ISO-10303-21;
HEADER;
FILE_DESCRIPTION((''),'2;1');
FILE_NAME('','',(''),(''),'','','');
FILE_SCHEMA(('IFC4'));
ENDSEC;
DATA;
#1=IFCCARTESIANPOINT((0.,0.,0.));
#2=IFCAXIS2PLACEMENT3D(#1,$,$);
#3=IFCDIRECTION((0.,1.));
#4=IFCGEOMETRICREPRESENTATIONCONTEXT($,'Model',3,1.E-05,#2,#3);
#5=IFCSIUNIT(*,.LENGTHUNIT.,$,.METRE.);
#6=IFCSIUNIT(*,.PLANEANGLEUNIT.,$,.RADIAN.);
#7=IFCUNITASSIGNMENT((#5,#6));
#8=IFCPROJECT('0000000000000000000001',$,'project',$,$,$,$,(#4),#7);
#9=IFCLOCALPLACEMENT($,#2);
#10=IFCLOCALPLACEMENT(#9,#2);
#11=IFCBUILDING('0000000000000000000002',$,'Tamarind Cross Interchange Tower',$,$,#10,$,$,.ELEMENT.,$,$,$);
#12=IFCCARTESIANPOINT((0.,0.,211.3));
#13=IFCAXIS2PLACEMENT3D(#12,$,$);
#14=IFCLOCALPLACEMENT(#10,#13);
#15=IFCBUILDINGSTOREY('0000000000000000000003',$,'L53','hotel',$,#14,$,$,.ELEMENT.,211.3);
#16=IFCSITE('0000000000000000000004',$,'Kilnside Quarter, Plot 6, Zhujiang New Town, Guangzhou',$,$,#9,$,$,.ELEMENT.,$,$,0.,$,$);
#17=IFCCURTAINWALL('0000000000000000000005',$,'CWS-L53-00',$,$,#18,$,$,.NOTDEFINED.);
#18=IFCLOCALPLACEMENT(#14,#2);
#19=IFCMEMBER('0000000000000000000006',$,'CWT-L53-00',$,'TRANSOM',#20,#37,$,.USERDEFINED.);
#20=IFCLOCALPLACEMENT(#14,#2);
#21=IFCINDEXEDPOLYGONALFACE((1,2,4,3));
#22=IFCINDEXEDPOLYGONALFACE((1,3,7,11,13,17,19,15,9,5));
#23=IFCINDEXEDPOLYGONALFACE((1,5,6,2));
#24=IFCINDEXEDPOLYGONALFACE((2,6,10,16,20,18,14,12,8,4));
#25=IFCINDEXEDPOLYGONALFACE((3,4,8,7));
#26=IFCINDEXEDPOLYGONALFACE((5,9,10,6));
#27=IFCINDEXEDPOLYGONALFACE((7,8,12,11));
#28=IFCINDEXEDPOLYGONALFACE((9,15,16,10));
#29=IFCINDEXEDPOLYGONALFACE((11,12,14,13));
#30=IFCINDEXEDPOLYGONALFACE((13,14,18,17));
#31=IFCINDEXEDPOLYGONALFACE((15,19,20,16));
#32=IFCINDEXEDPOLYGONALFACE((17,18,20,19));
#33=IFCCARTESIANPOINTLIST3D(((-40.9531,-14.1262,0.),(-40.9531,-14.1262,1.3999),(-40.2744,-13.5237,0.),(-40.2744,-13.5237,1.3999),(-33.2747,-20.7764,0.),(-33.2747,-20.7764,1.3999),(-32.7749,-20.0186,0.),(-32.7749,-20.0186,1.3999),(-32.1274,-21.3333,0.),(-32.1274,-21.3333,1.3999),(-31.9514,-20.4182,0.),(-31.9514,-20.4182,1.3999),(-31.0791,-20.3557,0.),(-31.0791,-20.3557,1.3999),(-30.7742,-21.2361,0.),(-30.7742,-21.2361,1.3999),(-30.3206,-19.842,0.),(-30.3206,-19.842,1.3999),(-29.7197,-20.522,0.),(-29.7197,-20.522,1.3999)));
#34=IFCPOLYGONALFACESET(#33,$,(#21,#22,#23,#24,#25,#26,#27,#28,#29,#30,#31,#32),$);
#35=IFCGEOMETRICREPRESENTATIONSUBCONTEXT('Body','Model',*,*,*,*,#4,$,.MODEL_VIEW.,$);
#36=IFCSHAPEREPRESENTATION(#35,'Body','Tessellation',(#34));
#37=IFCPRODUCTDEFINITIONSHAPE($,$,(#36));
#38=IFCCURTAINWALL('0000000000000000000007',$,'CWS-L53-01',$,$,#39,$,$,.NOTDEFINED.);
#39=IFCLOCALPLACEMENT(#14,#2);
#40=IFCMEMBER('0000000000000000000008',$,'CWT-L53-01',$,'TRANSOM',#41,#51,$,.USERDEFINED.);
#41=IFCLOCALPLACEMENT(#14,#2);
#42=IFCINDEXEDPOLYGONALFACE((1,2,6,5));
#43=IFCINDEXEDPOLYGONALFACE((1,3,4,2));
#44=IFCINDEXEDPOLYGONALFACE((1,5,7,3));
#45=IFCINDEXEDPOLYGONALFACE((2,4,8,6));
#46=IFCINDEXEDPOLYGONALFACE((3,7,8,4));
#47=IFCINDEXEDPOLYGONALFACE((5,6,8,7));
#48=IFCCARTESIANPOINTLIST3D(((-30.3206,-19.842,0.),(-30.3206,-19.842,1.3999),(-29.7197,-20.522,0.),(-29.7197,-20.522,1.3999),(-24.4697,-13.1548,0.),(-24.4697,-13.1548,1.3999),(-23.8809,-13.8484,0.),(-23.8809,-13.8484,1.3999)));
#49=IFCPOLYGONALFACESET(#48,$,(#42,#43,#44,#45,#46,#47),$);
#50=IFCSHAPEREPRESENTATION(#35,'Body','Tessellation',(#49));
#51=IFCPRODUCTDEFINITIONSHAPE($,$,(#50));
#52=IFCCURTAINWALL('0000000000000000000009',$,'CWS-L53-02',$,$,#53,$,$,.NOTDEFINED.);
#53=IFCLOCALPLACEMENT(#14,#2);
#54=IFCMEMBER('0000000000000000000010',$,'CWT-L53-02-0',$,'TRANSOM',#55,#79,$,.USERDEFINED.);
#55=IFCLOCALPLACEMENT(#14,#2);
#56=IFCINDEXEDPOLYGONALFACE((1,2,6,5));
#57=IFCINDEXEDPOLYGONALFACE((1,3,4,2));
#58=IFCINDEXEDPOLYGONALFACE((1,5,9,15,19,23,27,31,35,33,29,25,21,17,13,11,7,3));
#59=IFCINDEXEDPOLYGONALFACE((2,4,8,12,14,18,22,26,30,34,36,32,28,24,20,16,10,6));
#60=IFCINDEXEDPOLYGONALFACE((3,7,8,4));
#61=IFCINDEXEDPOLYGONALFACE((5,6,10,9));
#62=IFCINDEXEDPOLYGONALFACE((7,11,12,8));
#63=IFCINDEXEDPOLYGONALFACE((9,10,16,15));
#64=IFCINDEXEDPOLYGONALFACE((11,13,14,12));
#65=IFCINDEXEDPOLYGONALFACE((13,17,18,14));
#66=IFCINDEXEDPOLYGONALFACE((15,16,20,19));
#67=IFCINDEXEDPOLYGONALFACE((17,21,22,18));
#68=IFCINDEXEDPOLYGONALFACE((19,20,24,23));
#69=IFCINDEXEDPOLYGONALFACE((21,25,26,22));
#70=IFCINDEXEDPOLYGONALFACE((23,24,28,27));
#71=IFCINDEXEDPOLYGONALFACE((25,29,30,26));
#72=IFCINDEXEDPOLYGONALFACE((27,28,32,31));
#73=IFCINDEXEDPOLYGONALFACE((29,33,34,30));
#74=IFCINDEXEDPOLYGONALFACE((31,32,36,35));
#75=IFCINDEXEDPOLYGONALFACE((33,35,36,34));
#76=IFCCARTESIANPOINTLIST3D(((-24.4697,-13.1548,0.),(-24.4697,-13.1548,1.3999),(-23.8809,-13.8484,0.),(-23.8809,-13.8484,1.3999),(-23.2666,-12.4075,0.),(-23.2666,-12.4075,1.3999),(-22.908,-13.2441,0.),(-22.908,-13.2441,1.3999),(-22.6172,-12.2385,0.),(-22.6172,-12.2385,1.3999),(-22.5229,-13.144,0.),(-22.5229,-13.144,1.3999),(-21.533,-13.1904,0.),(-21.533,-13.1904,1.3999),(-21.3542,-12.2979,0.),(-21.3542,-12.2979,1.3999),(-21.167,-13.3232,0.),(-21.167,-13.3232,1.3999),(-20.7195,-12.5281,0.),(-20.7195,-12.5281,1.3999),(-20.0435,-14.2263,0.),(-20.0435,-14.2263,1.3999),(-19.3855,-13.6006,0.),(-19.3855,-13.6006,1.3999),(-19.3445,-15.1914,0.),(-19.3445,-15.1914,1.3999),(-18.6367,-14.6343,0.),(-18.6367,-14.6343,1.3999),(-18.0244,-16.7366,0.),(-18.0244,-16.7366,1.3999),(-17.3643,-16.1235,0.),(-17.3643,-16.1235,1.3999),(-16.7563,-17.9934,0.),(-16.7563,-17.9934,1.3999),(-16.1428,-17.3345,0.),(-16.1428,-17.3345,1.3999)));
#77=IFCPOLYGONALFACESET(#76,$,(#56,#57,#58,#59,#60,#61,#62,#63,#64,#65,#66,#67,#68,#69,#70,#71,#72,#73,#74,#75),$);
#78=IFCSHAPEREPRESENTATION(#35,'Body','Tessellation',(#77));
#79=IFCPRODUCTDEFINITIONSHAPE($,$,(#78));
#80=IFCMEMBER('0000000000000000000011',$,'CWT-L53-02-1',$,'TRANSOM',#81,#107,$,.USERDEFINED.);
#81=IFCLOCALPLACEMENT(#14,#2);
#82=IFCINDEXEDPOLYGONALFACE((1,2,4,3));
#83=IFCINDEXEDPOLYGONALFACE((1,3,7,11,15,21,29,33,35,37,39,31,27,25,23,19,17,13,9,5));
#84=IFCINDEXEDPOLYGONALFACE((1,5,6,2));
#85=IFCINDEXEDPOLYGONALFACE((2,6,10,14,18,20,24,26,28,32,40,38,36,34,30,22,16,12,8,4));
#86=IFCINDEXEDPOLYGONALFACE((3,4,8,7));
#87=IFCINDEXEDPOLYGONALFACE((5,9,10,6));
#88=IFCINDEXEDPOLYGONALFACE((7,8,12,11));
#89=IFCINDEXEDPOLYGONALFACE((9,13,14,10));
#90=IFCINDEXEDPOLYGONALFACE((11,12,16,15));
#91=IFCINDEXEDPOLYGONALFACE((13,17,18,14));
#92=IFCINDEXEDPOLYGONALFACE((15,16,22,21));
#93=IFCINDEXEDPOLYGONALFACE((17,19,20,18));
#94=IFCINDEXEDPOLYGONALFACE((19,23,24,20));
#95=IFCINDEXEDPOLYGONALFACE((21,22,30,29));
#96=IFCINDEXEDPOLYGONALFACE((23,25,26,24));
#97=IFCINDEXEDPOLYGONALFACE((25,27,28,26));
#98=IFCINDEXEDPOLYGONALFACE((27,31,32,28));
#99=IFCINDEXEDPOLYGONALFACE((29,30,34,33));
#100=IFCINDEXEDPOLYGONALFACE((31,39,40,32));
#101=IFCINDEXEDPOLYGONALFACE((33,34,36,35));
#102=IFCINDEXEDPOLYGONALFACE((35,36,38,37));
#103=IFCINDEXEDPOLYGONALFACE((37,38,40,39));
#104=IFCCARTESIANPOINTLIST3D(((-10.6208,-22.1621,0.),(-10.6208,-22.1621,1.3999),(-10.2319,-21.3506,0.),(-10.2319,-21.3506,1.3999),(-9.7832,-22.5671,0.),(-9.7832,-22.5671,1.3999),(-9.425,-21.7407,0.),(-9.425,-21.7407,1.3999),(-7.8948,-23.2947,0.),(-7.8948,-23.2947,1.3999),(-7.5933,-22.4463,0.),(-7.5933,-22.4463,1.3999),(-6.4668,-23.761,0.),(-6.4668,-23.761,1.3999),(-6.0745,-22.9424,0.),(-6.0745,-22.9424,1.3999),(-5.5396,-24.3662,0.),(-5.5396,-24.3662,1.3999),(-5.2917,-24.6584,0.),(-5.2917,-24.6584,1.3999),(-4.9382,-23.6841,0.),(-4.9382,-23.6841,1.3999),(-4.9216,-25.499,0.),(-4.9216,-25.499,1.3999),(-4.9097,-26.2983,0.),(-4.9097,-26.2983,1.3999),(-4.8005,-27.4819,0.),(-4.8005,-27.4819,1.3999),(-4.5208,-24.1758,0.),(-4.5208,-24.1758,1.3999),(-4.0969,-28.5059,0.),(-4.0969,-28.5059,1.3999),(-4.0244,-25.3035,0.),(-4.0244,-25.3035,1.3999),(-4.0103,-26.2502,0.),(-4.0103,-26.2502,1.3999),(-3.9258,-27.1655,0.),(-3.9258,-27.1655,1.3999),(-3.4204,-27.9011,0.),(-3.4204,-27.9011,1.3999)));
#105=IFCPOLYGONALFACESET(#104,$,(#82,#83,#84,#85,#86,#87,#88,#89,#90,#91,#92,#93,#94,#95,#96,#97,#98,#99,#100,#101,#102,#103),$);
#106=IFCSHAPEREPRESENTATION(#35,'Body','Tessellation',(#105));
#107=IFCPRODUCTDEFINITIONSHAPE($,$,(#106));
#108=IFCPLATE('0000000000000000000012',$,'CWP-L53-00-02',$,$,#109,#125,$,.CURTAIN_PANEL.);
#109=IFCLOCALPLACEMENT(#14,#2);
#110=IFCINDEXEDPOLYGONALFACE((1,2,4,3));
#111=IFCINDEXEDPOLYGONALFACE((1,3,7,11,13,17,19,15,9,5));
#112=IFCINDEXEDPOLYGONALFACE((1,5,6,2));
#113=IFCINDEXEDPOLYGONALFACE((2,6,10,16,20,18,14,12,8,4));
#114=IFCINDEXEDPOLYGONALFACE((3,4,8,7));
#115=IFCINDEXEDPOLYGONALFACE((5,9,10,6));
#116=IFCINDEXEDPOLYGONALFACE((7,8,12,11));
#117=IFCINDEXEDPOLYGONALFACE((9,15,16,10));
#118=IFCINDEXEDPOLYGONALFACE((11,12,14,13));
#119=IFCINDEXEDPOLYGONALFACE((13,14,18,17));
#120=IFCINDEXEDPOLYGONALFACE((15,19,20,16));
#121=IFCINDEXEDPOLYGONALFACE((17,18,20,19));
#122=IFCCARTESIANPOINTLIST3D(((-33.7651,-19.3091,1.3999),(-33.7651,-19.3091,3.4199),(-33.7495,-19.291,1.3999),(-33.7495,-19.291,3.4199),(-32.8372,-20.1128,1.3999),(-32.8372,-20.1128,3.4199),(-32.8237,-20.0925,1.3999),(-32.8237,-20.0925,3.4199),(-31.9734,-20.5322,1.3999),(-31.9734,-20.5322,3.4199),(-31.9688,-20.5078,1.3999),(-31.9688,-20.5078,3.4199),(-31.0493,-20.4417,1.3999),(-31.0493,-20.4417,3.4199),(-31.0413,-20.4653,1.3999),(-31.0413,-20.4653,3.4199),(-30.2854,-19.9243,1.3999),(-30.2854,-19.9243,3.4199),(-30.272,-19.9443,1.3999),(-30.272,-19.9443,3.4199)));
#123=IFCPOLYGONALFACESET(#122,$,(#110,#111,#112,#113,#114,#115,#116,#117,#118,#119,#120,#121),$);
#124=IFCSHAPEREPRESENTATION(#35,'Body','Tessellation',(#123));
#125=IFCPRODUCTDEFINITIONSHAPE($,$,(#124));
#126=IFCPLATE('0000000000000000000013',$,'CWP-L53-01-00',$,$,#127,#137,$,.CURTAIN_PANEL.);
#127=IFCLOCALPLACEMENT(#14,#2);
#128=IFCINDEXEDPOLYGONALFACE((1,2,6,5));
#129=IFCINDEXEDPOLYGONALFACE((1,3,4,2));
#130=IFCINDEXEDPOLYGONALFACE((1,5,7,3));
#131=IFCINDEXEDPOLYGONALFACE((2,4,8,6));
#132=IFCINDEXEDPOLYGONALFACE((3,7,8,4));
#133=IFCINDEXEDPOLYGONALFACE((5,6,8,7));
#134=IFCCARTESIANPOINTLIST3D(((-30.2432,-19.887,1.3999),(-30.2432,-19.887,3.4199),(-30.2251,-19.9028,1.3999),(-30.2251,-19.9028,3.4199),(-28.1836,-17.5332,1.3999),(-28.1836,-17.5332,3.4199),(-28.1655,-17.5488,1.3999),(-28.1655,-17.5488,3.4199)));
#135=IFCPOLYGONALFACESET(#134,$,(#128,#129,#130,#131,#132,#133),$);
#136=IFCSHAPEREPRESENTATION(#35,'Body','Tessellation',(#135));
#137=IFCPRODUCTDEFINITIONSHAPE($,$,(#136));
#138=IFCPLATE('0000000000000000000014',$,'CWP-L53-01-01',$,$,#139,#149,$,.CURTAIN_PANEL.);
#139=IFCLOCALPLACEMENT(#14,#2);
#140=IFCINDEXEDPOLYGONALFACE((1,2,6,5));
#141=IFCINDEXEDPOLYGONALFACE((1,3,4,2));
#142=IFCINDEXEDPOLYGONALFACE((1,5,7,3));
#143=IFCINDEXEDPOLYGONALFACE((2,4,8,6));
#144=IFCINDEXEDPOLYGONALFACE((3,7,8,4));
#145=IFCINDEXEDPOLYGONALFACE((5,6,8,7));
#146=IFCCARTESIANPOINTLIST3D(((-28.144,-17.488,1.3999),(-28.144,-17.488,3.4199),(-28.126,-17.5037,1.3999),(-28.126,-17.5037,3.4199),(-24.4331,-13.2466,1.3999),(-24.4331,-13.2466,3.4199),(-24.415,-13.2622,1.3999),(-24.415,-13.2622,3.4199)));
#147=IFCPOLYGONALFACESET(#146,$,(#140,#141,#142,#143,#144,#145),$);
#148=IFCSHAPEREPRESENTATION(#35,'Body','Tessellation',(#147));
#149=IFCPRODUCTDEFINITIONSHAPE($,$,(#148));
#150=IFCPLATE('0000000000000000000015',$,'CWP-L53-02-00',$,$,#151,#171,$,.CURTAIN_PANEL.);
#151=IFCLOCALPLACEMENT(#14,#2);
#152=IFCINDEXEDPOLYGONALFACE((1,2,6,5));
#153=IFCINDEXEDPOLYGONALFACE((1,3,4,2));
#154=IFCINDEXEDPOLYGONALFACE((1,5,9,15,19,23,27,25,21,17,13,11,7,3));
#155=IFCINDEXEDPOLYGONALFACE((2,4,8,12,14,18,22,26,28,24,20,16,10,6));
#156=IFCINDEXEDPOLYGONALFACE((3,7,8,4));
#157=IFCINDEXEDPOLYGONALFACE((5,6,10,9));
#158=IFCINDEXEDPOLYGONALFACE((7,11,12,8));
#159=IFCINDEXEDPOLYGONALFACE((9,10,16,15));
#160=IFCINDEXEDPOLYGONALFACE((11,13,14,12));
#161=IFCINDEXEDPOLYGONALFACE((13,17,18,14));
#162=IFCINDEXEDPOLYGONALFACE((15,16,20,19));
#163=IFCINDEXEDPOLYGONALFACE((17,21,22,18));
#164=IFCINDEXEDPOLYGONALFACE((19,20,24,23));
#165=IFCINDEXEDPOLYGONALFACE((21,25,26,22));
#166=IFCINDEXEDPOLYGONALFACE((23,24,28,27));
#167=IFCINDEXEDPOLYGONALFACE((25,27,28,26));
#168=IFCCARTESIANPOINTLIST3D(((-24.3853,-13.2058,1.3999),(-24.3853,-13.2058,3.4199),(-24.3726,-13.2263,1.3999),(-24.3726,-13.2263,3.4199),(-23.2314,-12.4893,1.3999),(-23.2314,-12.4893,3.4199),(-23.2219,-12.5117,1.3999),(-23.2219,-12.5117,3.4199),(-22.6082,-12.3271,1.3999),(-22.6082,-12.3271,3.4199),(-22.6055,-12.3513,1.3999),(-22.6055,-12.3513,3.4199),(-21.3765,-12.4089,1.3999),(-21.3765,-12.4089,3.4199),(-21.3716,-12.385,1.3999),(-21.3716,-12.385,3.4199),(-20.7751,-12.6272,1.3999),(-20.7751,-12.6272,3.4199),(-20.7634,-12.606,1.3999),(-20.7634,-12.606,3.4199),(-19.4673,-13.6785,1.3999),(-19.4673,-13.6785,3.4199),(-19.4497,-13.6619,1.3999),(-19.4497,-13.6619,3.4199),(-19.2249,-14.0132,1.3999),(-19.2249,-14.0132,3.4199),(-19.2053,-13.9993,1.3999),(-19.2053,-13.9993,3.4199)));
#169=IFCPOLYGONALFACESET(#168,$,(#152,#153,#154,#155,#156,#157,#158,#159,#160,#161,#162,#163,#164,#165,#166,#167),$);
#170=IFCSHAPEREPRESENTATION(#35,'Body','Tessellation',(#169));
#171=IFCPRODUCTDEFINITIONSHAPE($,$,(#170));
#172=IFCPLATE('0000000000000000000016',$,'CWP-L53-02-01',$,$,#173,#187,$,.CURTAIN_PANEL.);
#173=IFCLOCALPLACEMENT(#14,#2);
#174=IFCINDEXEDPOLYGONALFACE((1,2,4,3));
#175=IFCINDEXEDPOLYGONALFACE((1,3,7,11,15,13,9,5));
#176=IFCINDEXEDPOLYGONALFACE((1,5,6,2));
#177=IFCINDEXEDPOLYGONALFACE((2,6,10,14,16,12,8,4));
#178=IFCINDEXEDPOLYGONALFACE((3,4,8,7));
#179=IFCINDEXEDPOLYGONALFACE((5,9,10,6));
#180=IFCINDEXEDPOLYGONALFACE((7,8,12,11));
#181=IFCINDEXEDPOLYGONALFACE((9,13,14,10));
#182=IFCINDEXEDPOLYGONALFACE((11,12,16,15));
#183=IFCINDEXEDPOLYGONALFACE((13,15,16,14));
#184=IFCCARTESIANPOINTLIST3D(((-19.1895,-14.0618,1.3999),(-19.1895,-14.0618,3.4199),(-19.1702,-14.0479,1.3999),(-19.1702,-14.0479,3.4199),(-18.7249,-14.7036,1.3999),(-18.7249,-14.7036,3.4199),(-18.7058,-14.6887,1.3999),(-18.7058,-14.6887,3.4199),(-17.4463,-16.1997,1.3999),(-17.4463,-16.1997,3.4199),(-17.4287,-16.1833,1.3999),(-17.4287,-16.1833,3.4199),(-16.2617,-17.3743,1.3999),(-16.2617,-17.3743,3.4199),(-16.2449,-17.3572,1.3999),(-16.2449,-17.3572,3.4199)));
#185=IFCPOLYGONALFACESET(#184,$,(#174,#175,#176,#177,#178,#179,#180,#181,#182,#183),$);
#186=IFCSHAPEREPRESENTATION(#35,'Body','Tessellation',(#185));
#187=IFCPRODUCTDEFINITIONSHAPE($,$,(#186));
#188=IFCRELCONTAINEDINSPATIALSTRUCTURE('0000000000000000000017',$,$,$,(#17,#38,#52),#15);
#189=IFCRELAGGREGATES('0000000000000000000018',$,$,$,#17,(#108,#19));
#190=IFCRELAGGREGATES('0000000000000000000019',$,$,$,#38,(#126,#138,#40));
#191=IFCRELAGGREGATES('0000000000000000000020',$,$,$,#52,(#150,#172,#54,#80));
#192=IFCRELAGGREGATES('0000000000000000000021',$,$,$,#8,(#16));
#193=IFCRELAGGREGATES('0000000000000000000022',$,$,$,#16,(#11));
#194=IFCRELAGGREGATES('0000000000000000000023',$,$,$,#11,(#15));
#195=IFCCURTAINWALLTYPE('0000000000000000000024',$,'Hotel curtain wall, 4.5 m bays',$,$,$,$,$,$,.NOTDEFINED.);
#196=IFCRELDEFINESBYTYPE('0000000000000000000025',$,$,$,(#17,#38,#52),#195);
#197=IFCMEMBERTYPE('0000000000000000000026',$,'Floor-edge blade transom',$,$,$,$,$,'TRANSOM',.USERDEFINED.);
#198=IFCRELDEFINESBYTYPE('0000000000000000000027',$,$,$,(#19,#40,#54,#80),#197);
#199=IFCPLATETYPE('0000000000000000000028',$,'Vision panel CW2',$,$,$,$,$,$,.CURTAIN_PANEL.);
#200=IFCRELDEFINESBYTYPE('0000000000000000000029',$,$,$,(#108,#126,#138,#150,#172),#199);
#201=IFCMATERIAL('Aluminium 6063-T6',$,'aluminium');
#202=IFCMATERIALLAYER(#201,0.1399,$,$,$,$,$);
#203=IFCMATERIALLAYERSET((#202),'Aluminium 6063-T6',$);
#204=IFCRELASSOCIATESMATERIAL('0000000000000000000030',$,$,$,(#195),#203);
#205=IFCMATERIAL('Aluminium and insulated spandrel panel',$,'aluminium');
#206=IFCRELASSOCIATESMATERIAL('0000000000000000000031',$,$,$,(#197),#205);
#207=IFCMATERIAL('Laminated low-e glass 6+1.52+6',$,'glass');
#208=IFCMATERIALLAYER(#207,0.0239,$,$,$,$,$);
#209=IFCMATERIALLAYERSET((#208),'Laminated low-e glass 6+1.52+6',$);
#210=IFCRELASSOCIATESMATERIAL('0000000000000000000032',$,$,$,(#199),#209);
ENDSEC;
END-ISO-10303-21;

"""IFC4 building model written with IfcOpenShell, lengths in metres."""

from ifc_helpers import new_model, si_unit, direction, frame, origin, place, context, subcontext, project, spatial, polyline, outline, extrude, material, layer, layer_set, type_object, element, aggregate, save


model = new_model("IFC4")

# Units and contexts
model_context = context("Model", 3, precision=1e-05, world=origin(), true_north=direction((0.0, 1.0)))
body_context = subcontext(model_context, "Body", "Model", "MODEL_VIEW")
ifc_project = project(units=[si_unit("LENGTHUNIT", "METRE"), si_unit("PLANEANGLEUNIT", "RADIAN")], contexts=[model_context])

# Site, building, storey
site_placement = place(None, origin())
site = spatial("IfcSite", under=ifc_project, at=site_placement, Name="Kilnside Quarter, Plot 6, Zhujiang New Town, Guangzhou", CompositionType="ELEMENT", RefElevation=0.0)
building_placement = place(site_placement, origin())
building = spatial("IfcBuilding", under=site, at=building_placement, Name="Tamarind Cross Interchange Tower", CompositionType="ELEMENT")
storey_placement = place(building_placement, frame((0.0, 0.0, 211.3)))
storey = spatial("IfcBuildingStorey", under=building, at=storey_placement, Name="L53", Description="hotel", CompositionType="ELEMENT", Elevation=211.3)

# Curtain walls, members
ifc_material_1 = material(Name="Aluminium 6063-T6", Category="aluminium")
ifc_layer_1 = layer(ifc_material_1, 0.1399)
ifc_layer_set_1 = layer_set([ifc_layer_1], Name="Aluminium 6063-T6")
curtain_wall_type = type_object("IfcCurtainWallType", Name="Hotel curtain wall, 4.5 m bays", PredefinedType="NOTDEFINED", material=ifc_layer_set_1)
curtain_wall_1_placement = place(storey_placement, origin())
curtain_wall_1 = element("IfcCurtainWall", 1, at=curtain_wall_1_placement, inside=storey, type_object=curtain_wall_type, Name="CWS-L53-00", PredefinedType="NOTDEFINED")
ifc_material_2 = material(Name="Aluminium and insulated spandrel panel", Category="aluminium")
member_type = type_object("IfcMemberType", Name="Floor-edge blade transom", ElementType="TRANSOM", PredefinedType="USERDEFINED", material=ifc_material_2)
member_1_placement = place(storey_placement, origin())
member_1 = element("IfcMember", 2, at=member_1_placement, type_object=member_type, Name="CWT-L53-00", ObjectType="TRANSOM", PredefinedType="USERDEFINED", context=body_context, shape_type="SweptSolid", body=[
    extrude(outline(polyline([(-40.2744, -13.5237), (-32.7749, -20.0186), (-31.9514, -20.4182), (-31.0791, -20.3557), (-30.3206, -19.842), (-29.7197, -20.522), (-30.7742, -21.2361), (-32.1274, -21.3333), (-33.2747, -20.7764), (-40.9531, -14.1262), (-40.2744, -13.5237)])), origin(), (0.0, 0.0, 1.0), 1.3999),
])
curtain_wall_2_placement = place(storey_placement, origin())
curtain_wall_2 = element("IfcCurtainWall", 3, at=curtain_wall_2_placement, inside=storey, type_object=curtain_wall_type, Name="CWS-L53-01", PredefinedType="NOTDEFINED")
member_2_placement = place(storey_placement, origin())
member_2 = element("IfcMember", 4, at=member_2_placement, type_object=member_type, Name="CWT-L53-01", ObjectType="TRANSOM", PredefinedType="USERDEFINED", context=body_context, shape_type="SweptSolid", body=[
    extrude(outline(polyline([(-30.3206, -19.842), (-24.4697, -13.1548), (-23.8809, -13.8484), (-29.7197, -20.522), (-30.3206, -19.842)])), origin(), (0.0, 0.0, 1.0), 1.3999),
])

# Curtain wall, members
curtain_wall_3_placement = place(storey_placement, origin())
curtain_wall_3 = element("IfcCurtainWall", 5, at=curtain_wall_3_placement, inside=storey, type_object=curtain_wall_type, Name="CWS-L53-02", PredefinedType="NOTDEFINED")
member_3_placement = place(storey_placement, origin())
member_3 = element("IfcMember", 6, at=member_3_placement, type_object=member_type, Name="CWT-L53-02-0", ObjectType="TRANSOM", PredefinedType="USERDEFINED", context=body_context, shape_type="SweptSolid", body=[
    extrude(outline(polyline([(-24.4697, -13.1548), (-23.2666, -12.4075), (-22.6172, -12.2385), (-21.3542, -12.2979), (-20.7195, -12.5281), (-19.3855, -13.6006), (-18.6367, -14.6343), (-17.3643, -16.1235), (-16.1428, -17.3345), (-16.7563, -17.9934), (-18.0244, -16.7366), (-19.3445, -15.1914), (-20.0435, -14.2263), (-21.167, -13.3232), (-21.533, -13.1904), (-22.5229, -13.144), (-22.908, -13.2441), (-23.8809, -13.8484), (-24.4697, -13.1548)])), origin(), (0.0, 0.0, 1.0), 1.3999),
])
member_4_placement = place(storey_placement, origin())
member_4 = element("IfcMember", 7, at=member_4_placement, type_object=member_type, Name="CWT-L53-02-1", ObjectType="TRANSOM", PredefinedType="USERDEFINED", context=body_context, shape_type="SweptSolid", body=[
    extrude(outline(polyline([(-10.2319, -21.3506), (-9.425, -21.7407), (-7.5933, -22.4463), (-6.0745, -22.9424), (-4.9382, -23.6841), (-4.5208, -24.1758), (-4.0244, -25.3035), (-4.0103, -26.2502), (-3.9258, -27.1655), (-3.4204, -27.9011), (-4.0969, -28.5059), (-4.8005, -27.4819), (-4.9097, -26.2983), (-4.9216, -25.499), (-5.2917, -24.6584), (-5.5396, -24.3662), (-6.4668, -23.761), (-7.8948, -23.2947), (-9.7832, -22.5671), (-10.6208, -22.1621), (-10.2319, -21.3506)])), origin(), (0.0, 0.0, 1.0), 1.3999),
])

# Plates
ifc_material_3 = material(Name="Laminated low-e glass 6+1.52+6", Category="glass")
ifc_layer_2 = layer(ifc_material_3, 0.0239)
ifc_layer_set_2 = layer_set([ifc_layer_2], Name="Laminated low-e glass 6+1.52+6")
plate_type = type_object("IfcPlateType", Name="Vision panel CW2", PredefinedType="CURTAIN_PANEL", material=ifc_layer_set_2)
plate_1_placement = place(storey_placement, frame((0.0, 0.0, 1.3999)))
plate_1 = element("IfcPlate", 8, at=plate_1_placement, type_object=plate_type, Name="CWP-L53-00-02", PredefinedType="CURTAIN_PANEL", context=body_context, shape_type="SweptSolid", body=[
    extrude(outline(polyline([(-33.7495, -19.291), (-32.8237, -20.0925), (-31.9688, -20.5078), (-31.0493, -20.4417), (-30.2854, -19.9243), (-30.272, -19.9443), (-31.0413, -20.4653), (-31.9734, -20.5322), (-32.8372, -20.1128), (-33.7651, -19.3091), (-33.7495, -19.291)])), origin(), (0.0, 0.0, 1.0), 2.02),
])
aggregate(curtain_wall_1, [plate_1, member_1])
plate_2_placement = place(storey_placement, frame((0.0, 0.0, 1.3999)))
plate_2 = element("IfcPlate", 9, at=plate_2_placement, type_object=plate_type, Name="CWP-L53-01-00", PredefinedType="CURTAIN_PANEL", context=body_context, shape_type="SweptSolid", body=[
    extrude(outline(polyline([(-30.2432, -19.887), (-28.1836, -17.5332), (-28.1655, -17.5488), (-30.2251, -19.9028), (-30.2432, -19.887)])), origin(), (0.0, 0.0, 1.0), 2.02),
])
plate_3_placement = place(storey_placement, frame((0.0, 0.0, 1.3999)))
plate_3 = element("IfcPlate", 10, at=plate_3_placement, type_object=plate_type, Name="CWP-L53-01-01", PredefinedType="CURTAIN_PANEL", context=body_context, shape_type="SweptSolid", body=[
    extrude(outline(polyline([(-28.144, -17.488), (-24.4331, -13.2466), (-24.415, -13.2622), (-28.126, -17.5037), (-28.144, -17.488)])), origin(), (0.0, 0.0, 1.0), 2.02),
])
aggregate(curtain_wall_2, [plate_2, plate_3, member_2])
plate_4_placement = place(storey_placement, frame((0.0, 0.0, 1.3999)))
plate_4 = element("IfcPlate", 11, at=plate_4_placement, type_object=plate_type, Name="CWP-L53-02-00", PredefinedType="CURTAIN_PANEL", context=body_context, shape_type="SweptSolid", body=[
    extrude(outline(polyline([(-24.3853, -13.2058), (-23.2314, -12.4893), (-22.6082, -12.3271), (-21.3716, -12.385), (-20.7634, -12.606), (-19.4497, -13.6619), (-19.2053, -13.9993), (-19.2249, -14.0132), (-19.4673, -13.6785), (-20.7751, -12.6272), (-21.3765, -12.4089), (-22.6055, -12.3513), (-23.2219, -12.5117), (-24.3726, -13.2263), (-24.3853, -13.2058)])), origin(), (0.0, 0.0, 1.0), 2.02),
])
plate_5_placement = place(storey_placement, frame((0.0, 0.0, 1.3999)))
plate_5 = element("IfcPlate", 12, at=plate_5_placement, type_object=plate_type, Name="CWP-L53-02-01", PredefinedType="CURTAIN_PANEL", context=body_context, shape_type="SweptSolid", body=[
    extrude(outline(polyline([(-19.1702, -14.0479), (-18.7058, -14.6887), (-17.4287, -16.1833), (-16.2449, -17.3572), (-16.2617, -17.3743), (-17.4463, -16.1997), (-18.7249, -14.7036), (-19.1895, -14.0618), (-19.1702, -14.0479)])), origin(), (0.0, 0.0, 1.0), 2.02),
])
aggregate(curtain_wall_3, [plate_4, plate_5, member_3, member_4])

save(model, "model.ifc")
